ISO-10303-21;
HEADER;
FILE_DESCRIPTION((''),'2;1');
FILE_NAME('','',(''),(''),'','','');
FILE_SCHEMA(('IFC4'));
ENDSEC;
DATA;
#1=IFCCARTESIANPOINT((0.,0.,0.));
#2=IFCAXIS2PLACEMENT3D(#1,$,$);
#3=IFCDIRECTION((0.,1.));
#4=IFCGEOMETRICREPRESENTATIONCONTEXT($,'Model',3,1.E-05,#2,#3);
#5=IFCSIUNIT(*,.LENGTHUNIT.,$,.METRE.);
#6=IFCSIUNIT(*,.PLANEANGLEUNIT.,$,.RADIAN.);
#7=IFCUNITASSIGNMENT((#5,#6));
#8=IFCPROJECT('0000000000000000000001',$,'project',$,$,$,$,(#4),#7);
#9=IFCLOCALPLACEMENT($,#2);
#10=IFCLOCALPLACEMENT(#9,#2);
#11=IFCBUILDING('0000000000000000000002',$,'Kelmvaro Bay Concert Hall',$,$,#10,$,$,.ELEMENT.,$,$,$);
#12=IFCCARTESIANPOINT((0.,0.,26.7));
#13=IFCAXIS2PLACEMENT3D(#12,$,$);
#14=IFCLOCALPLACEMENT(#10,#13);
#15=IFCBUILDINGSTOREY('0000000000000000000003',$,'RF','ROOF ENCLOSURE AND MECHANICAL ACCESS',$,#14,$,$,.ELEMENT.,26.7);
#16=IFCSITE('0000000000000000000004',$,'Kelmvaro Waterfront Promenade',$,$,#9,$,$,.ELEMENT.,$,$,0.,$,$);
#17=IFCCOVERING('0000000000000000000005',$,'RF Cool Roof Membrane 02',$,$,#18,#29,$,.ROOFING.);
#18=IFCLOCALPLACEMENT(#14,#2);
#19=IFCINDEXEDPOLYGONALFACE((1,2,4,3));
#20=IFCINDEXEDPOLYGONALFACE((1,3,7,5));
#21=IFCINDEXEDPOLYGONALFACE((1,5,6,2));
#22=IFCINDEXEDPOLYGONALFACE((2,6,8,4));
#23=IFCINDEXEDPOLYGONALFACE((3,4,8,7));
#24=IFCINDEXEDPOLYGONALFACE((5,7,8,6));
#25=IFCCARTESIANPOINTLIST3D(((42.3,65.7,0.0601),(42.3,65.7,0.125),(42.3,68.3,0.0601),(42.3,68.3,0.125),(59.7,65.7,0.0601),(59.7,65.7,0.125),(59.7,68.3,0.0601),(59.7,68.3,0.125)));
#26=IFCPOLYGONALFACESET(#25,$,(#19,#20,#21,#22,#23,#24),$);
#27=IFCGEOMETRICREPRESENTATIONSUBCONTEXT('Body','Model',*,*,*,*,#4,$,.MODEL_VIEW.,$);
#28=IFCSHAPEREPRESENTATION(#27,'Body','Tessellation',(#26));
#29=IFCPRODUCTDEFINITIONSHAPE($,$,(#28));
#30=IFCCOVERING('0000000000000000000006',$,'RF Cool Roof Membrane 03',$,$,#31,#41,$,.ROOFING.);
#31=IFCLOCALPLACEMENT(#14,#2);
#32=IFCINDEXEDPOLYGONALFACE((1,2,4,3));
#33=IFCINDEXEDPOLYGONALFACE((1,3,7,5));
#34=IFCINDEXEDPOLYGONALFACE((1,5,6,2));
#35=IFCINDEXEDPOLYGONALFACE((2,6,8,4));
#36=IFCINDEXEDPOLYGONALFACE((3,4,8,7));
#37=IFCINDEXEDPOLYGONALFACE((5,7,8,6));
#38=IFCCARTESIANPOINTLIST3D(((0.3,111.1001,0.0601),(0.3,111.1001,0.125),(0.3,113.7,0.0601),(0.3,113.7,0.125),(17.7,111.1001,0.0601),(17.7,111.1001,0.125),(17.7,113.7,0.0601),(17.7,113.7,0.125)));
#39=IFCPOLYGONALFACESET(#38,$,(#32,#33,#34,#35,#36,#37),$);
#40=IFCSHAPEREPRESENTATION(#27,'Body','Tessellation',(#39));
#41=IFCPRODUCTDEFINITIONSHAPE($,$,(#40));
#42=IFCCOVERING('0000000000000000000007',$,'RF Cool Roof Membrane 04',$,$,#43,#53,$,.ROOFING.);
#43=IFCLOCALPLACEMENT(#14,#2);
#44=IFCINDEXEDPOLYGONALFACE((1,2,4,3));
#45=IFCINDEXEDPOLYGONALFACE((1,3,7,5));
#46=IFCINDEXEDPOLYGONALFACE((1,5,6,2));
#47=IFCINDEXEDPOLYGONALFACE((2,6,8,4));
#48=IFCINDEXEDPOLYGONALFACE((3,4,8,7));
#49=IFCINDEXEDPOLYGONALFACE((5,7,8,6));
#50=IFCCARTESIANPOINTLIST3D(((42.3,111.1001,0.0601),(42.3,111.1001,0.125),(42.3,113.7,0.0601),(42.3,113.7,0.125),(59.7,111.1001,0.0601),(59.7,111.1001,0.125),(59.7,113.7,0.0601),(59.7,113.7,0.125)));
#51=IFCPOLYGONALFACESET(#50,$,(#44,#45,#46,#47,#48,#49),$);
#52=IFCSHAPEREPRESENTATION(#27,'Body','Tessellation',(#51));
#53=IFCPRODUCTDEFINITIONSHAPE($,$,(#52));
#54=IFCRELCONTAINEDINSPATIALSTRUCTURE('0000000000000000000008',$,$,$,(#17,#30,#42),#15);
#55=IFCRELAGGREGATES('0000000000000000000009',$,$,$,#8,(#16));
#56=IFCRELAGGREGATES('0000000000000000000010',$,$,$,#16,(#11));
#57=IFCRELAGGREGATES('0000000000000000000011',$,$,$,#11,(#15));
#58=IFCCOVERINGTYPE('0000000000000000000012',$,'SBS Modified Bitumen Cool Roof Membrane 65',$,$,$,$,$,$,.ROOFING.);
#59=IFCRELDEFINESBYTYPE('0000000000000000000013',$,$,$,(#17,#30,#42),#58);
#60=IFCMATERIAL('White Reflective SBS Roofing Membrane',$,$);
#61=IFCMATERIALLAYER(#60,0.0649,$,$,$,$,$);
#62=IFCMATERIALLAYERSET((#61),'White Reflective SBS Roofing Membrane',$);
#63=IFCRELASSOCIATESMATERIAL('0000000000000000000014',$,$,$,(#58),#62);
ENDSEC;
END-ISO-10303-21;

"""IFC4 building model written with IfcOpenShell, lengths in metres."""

from ifc_helpers import new_model, si_unit, direction, frame, origin, place, context, subcontext, project, spatial, polyline, outline, extrude, material, layer, layer_set, type_object, element, save


model = new_model("IFC4")

# Units and contexts
model_context = context("Model", 3, precision=1e-05, world=origin(), true_north=direction((0.0, 1.0)))
body_context = subcontext(model_context, "Body", "Model", "MODEL_VIEW")
ifc_project = project(units=[si_unit("LENGTHUNIT", "METRE"), si_unit("PLANEANGLEUNIT", "RADIAN")], contexts=[model_context])

# Site, building, storey
site_placement = place(None, origin())
site = spatial("IfcSite", under=ifc_project, at=site_placement, Name="Kelmvaro Waterfront Promenade", CompositionType="ELEMENT", RefElevation=0.0)
building_placement = place(site_placement, origin())
building = spatial("IfcBuilding", under=site, at=building_placement, Name="Kelmvaro Bay Concert Hall", CompositionType="ELEMENT")
storey_placement = place(building_placement, frame((0.0, 0.0, 26.7)))
storey = spatial("IfcBuildingStorey", under=building, at=storey_placement, Name="RF", Description="ROOF ENCLOSURE AND MECHANICAL ACCESS", CompositionType="ELEMENT", Elevation=26.7)

# Coverings
ifc_material_1 = material(Name="White Reflective SBS Roofing Membrane")
ifc_layer_1 = layer(ifc_material_1, 0.0649)
ifc_layer_set_1 = layer_set([ifc_layer_1], Name="White Reflective SBS Roofing Membrane")
covering_type = type_object("IfcCoveringType", Name="SBS Modified Bitumen Cool Roof Membrane 65", PredefinedType="ROOFING", material=ifc_layer_set_1)
covering_1_placement = place(storey_placement, frame((0.0, 0.0, 0.0601)))
element("IfcCovering", 1, at=covering_1_placement, inside=storey, type_object=covering_type, Name="RF Cool Roof Membrane 02", PredefinedType="ROOFING", context=body_context, shape_type="SweptSolid", body=[
    extrude(outline(polyline([(42.3, 65.7), (59.7, 65.7), (59.7, 68.3), (42.3, 68.3), (42.3, 65.7)])), origin(), (0.0, 0.0, 1.0), 0.0649),
])
covering_2_placement = place(storey_placement, frame((0.0, 0.0, 0.0601)))
element("IfcCovering", 2, at=covering_2_placement, inside=storey, type_object=covering_type, Name="RF Cool Roof Membrane 03", PredefinedType="ROOFING", context=body_context, shape_type="SweptSolid", body=[
    extrude(outline(polyline([(0.3, 111.1001), (17.7, 111.1001), (17.7, 113.7), (0.3, 113.7), (0.3, 111.1001)])), origin(), (0.0, 0.0, 1.0), 0.0649),
])
covering_3_placement = place(storey_placement, frame((0.0, 0.0, 0.0601)))
element("IfcCovering", 3, at=covering_3_placement, inside=storey, type_object=covering_type, Name="RF Cool Roof Membrane 04", PredefinedType="ROOFING", context=body_context, shape_type="SweptSolid", body=[
    extrude(outline(polyline([(42.3, 111.1001), (59.7, 111.1001), (59.7, 113.7), (42.3, 113.7), (42.3, 111.1001)])), origin(), (0.0, 0.0, 1.0), 0.0649),
])

save(model, "model.ifc")
